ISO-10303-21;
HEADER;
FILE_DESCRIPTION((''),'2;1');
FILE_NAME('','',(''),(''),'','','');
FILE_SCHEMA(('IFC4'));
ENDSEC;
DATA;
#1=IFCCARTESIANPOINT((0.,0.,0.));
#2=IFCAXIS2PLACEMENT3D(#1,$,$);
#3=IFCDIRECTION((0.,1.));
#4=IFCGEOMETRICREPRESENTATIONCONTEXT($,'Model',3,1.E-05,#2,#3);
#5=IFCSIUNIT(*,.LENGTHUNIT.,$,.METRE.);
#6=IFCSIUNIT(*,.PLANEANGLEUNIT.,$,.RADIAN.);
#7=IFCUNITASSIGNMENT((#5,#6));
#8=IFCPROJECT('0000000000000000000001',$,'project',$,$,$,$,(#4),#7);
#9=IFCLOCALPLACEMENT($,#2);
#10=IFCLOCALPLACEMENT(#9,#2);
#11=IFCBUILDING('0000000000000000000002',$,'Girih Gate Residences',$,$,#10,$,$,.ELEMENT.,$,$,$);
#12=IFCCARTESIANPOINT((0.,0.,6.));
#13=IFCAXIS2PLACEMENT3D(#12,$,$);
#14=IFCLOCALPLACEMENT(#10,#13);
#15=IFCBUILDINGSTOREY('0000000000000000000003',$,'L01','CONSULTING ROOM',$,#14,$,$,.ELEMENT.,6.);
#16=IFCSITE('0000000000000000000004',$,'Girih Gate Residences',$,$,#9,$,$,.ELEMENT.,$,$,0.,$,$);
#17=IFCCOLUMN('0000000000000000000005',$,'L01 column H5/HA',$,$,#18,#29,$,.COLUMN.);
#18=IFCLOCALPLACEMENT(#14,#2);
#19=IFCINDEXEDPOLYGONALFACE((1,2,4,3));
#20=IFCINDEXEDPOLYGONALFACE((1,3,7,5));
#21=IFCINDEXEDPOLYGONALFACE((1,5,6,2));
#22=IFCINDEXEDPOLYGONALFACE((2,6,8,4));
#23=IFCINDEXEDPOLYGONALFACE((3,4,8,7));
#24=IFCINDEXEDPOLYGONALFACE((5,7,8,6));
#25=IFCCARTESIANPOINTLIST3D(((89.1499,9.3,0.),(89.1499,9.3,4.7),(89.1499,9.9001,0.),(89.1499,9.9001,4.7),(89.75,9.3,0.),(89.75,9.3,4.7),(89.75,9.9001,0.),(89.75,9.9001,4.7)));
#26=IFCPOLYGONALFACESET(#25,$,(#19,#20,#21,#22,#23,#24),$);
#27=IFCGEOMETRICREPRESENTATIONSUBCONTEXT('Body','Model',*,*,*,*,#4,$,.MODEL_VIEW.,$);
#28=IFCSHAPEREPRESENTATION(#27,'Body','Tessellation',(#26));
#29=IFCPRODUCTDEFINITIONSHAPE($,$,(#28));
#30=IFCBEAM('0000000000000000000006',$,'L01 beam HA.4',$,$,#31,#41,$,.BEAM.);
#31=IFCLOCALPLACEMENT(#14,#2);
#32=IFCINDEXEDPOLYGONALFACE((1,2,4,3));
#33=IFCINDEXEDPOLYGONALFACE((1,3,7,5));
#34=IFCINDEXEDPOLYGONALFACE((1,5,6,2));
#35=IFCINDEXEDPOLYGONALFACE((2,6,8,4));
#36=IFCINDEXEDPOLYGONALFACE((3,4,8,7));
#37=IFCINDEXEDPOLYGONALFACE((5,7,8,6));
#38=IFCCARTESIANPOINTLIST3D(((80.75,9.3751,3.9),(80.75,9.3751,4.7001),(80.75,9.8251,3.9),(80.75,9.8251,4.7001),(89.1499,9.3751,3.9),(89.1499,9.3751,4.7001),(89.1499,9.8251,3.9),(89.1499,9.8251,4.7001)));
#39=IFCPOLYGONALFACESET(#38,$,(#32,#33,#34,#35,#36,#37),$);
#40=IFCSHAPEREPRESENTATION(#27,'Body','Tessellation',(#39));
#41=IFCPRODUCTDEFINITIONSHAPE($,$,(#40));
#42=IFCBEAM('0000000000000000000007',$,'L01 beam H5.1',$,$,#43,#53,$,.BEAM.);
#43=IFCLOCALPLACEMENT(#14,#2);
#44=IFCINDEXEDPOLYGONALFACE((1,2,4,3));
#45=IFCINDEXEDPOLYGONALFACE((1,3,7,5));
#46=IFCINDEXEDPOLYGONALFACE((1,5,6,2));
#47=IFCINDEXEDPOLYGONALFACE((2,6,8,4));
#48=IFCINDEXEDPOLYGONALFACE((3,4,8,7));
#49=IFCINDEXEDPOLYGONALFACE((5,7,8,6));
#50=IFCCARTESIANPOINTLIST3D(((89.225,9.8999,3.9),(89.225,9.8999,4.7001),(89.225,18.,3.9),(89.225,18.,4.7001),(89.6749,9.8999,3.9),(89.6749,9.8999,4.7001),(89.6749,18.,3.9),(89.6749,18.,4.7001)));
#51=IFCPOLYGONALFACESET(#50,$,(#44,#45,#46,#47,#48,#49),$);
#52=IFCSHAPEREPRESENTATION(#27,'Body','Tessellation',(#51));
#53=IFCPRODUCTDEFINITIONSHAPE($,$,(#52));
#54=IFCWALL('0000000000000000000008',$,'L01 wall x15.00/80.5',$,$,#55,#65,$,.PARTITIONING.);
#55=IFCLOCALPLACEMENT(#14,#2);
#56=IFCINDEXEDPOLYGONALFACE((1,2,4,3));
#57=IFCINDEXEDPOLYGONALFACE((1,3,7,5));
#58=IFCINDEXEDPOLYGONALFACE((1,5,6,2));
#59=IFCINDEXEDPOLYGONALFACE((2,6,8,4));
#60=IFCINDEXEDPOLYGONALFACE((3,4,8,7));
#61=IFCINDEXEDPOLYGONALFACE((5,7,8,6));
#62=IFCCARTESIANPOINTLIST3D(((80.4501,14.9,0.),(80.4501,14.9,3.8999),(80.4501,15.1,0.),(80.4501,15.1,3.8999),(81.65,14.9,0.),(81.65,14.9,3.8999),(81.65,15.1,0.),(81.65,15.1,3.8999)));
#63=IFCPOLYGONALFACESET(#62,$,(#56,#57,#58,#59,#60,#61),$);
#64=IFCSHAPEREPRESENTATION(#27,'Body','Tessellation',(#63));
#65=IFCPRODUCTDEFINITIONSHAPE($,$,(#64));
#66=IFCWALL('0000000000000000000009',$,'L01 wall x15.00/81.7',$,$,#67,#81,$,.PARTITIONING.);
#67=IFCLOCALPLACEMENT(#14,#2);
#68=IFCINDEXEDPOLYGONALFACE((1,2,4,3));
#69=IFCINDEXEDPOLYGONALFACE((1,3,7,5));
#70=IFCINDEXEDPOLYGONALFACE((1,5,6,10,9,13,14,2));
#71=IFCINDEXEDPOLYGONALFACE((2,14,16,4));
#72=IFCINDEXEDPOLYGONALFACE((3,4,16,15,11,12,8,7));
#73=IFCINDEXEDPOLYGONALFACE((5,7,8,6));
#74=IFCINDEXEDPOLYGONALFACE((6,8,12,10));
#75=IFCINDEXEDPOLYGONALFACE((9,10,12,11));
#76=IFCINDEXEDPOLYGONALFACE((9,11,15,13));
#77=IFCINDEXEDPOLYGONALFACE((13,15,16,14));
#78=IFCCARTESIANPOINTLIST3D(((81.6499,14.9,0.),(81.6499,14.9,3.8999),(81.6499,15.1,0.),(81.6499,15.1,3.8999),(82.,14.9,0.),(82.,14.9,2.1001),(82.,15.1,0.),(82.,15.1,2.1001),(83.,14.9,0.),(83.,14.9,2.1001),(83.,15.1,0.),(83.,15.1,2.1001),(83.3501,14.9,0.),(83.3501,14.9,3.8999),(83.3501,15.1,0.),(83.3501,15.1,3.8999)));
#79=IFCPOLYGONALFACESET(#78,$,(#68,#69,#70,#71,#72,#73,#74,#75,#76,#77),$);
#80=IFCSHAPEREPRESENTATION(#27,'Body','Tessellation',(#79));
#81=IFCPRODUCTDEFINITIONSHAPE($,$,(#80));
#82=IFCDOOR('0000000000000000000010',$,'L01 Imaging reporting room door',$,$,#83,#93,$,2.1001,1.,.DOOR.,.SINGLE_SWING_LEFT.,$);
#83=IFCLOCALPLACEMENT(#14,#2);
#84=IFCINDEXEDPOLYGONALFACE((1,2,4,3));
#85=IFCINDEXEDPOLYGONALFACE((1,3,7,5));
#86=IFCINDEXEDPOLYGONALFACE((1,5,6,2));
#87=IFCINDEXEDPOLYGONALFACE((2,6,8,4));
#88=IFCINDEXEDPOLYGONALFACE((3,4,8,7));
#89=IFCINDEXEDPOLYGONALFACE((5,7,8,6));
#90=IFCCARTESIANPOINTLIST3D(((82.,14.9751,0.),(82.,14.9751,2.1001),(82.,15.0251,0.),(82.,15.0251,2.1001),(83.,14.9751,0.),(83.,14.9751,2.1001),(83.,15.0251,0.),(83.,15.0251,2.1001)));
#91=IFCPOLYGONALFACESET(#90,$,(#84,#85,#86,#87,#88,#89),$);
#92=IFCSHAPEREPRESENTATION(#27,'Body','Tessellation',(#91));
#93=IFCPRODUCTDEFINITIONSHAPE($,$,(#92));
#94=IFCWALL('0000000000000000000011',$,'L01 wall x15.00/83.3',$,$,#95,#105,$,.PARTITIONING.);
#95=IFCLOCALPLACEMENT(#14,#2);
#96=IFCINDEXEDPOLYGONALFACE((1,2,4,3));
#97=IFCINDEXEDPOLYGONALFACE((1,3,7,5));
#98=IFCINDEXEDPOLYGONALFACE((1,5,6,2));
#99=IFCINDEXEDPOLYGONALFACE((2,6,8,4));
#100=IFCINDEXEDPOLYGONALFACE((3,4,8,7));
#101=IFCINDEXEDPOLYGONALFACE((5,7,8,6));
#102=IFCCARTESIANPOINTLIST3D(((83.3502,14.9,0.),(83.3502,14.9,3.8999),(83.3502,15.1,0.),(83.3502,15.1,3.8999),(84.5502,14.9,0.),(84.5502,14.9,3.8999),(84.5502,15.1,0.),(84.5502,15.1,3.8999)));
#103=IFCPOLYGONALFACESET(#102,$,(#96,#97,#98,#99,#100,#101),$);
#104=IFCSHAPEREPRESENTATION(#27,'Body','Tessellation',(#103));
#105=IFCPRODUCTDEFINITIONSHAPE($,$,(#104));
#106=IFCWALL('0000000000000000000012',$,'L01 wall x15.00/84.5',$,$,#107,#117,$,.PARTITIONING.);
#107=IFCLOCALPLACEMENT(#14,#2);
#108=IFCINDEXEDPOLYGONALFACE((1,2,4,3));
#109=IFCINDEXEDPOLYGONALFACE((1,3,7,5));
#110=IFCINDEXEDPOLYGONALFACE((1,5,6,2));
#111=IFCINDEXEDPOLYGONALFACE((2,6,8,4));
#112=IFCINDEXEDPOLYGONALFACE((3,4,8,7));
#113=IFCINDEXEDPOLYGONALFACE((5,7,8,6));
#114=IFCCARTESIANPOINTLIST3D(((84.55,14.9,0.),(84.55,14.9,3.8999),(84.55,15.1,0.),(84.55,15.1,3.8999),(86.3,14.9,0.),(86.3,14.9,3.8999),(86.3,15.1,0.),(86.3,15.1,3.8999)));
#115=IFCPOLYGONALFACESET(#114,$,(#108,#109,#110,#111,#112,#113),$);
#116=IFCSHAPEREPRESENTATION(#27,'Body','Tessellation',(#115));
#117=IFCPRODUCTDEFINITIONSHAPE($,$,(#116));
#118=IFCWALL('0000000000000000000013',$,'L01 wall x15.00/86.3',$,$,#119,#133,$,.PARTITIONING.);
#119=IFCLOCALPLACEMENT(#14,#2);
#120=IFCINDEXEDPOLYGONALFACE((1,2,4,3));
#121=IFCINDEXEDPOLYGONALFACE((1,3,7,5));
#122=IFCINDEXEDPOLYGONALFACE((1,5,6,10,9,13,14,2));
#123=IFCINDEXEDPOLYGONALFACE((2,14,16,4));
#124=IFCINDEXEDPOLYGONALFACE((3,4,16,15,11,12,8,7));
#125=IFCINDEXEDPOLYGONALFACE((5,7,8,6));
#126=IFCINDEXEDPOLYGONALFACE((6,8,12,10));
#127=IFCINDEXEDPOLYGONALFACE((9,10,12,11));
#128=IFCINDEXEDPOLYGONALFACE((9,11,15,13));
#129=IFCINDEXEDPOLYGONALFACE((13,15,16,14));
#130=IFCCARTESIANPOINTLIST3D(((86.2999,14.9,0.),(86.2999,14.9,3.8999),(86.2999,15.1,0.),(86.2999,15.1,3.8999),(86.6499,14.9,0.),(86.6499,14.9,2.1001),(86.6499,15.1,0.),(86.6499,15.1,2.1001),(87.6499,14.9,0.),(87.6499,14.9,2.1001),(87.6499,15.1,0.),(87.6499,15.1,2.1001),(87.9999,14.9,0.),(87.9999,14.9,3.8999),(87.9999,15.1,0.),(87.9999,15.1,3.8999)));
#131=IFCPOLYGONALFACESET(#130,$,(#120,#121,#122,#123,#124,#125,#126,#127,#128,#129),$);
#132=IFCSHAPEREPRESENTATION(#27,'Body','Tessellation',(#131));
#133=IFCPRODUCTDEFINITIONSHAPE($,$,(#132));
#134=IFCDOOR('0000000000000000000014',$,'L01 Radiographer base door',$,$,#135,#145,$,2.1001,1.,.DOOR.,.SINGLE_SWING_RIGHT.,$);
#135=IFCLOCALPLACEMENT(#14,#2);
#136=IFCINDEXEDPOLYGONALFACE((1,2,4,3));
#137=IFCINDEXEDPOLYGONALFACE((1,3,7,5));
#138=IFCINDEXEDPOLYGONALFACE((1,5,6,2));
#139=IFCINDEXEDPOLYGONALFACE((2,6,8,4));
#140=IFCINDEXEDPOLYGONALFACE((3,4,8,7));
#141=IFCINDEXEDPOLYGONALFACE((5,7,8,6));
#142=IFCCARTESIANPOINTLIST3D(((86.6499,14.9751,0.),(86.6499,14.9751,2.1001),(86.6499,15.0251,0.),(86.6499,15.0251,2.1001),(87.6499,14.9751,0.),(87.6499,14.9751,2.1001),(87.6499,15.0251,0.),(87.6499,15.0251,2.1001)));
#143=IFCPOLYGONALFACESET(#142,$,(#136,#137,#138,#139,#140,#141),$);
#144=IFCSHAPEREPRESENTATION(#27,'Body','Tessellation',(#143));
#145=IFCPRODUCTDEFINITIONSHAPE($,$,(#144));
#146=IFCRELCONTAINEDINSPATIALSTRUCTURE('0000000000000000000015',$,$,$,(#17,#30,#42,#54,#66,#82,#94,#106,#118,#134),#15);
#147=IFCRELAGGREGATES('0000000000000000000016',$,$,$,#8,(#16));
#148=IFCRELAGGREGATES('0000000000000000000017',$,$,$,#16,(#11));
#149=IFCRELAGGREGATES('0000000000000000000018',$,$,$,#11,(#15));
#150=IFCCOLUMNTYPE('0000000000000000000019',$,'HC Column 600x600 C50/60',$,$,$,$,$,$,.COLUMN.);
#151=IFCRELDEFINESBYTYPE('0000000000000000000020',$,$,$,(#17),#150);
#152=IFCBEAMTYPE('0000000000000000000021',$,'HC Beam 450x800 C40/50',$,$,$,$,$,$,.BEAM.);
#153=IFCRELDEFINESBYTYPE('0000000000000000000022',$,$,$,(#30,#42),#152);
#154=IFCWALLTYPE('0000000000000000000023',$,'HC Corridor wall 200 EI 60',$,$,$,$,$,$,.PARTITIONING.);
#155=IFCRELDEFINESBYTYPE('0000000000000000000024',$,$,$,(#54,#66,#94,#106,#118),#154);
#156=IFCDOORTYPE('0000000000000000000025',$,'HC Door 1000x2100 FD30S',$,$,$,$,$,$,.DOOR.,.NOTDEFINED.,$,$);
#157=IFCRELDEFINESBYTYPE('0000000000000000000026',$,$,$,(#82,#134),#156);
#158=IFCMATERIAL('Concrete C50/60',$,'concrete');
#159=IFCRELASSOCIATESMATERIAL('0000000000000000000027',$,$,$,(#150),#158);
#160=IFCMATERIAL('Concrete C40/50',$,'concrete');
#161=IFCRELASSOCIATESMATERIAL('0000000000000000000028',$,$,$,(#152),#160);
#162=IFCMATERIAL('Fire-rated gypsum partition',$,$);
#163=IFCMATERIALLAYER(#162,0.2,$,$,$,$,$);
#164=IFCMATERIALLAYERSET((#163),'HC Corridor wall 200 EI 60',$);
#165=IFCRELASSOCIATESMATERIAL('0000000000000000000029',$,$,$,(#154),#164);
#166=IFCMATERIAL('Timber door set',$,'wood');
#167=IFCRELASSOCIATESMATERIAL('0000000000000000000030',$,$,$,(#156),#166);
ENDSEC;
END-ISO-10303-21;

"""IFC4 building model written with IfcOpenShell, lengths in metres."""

from ifc_helpers import new_model, si_unit, direction, frame, frame_2d, origin, origin_2d, place, context, subcontext, project, spatial, rectangle, extrude, material, layer, layer_set, material_profile, profile_set, type_object, element, fill, save


model = new_model("IFC4")

# Units and contexts
model_context = context("Model", 3, precision=1e-05, world=origin(), true_north=direction((0.0, 1.0)))
body_context = subcontext(model_context, "Body", "Model", "MODEL_VIEW")
ifc_project = project(units=[si_unit("LENGTHUNIT", "METRE"), si_unit("PLANEANGLEUNIT", "RADIAN")], contexts=[model_context])

# Site, building, storey
site_placement = place(None, origin())
site = spatial("IfcSite", under=ifc_project, at=site_placement, Name="Girih Gate Residences", CompositionType="ELEMENT", RefElevation=0.0)
building_placement = place(site_placement, origin())
building = spatial("IfcBuilding", under=site, at=building_placement, Name="Girih Gate Residences", CompositionType="ELEMENT")
storey_placement = place(building_placement, frame((0.0, 0.0, 6.0)))
storey = spatial("IfcBuildingStorey", under=building, at=storey_placement, Name="L01", Description="CONSULTING ROOM", CompositionType="ELEMENT", Elevation=6.0)

# Column
ifc_material_1 = material(Name="Concrete C50/60", Category="concrete")
ifc_material_profile_1 = material_profile(ifc_material_1, rectangle(XDim=0.6001, YDim=0.6001, at=origin_2d()))
ifc_profile_set_1 = profile_set([ifc_material_profile_1], Name="Concrete C50/60")
column_type = type_object("IfcColumnType", Name="HC Column 600x600 C50/60", PredefinedType="COLUMN", material=ifc_profile_set_1)
column_placement = place(storey_placement, frame((89.45, 9.6001, 0.0), z_axis=(0.0, 0.0, 1.0), x_axis=(1.0, 0.0, 0.0)))
element("IfcColumn", 1, at=column_placement, inside=storey, type_object=column_type, Name="L01 column H5/HA", PredefinedType="COLUMN", context=body_context, shape_type="SweptSolid", body=[
    extrude(rectangle(XDim=0.6001, YDim=0.6001, at=origin_2d()), origin(), (0.0, 0.0, 1.0), 4.7),
])

# Beams
ifc_material_2 = material(Name="Concrete C40/50", Category="concrete")
ifc_material_profile_2 = material_profile(ifc_material_2, rectangle(XDim=0.45, YDim=0.8, at=origin_2d()))
ifc_profile_set_2 = profile_set([ifc_material_profile_2], Name="Concrete C40/50")
beam_type = type_object("IfcBeamType", Name="HC Beam 450x800 C40/50", PredefinedType="BEAM", material=ifc_profile_set_2)
beam_1_placement = place(storey_placement, frame((80.75, 9.6001, 4.3), z_axis=(1.0, 0.0, 0.0), x_axis=(0.0, 1.0, 0.0)))
element("IfcBeam", 2, at=beam_1_placement, inside=storey, type_object=beam_type, Name="L01 beam HA.4", PredefinedType="BEAM", context=body_context, shape_type="SweptSolid", body=[
    extrude(rectangle(XDim=0.45, YDim=0.8, at=origin_2d()), origin(), (0.0, 0.0, 1.0), 8.3999),
])
beam_2_placement = place(storey_placement, frame((89.45, 9.8999, 4.3), z_axis=(0.0, 1.0, 0.0), x_axis=(-1.0, 0.0, 0.0)))
element("IfcBeam", 3, at=beam_2_placement, inside=storey, type_object=beam_type, Name="L01 beam H5.1", PredefinedType="BEAM", context=body_context, shape_type="SweptSolid", body=[
    extrude(rectangle(XDim=0.45, YDim=0.8, at=origin_2d()), origin(), (0.0, 0.0, 1.0), 8.1001),
])

# Wall
ifc_material_3 = material(Name="Fire-rated gypsum partition")
ifc_layer_1 = layer(ifc_material_3, 0.2)
ifc_layer_set_1 = layer_set([ifc_layer_1], Name="HC Corridor wall 200 EI 60")
wall_type_1 = type_object("IfcWallType", Name="HC Corridor wall 200 EI 60", PredefinedType="PARTITIONING", material=ifc_layer_set_1)
wall_1_placement = place(storey_placement, frame((80.45, 15.0, 0.0), z_axis=(0.0, 0.0, 1.0), x_axis=(1.0, 0.0, 0.0)))
element("IfcWall", 4, at=wall_1_placement, inside=storey, type_object=wall_type_1, Name="L01 wall x15.00/80.5", PredefinedType="PARTITIONING", context=body_context, shape_type="SweptSolid", body=[
    extrude(rectangle(XDim=1.2, YDim=0.2, at=frame_2d((0.6001, 0.0))), origin(), (0.0, 0.0, 1.0), 3.8999),
])

# Wall, opening, door
wall_2_placement = place(storey_placement, frame((83.3501, 15.0, 0.0), z_axis=(0.0, 0.0, 1.0), x_axis=(-1.0, 0.0, 0.0)))
wall_2 = element("IfcWall", 5, at=wall_2_placement, inside=storey, type_object=wall_type_1, Name="L01 wall x15.00/81.7", PredefinedType="PARTITIONING", context=body_context, shape_type="SweptSolid", body=[
    extrude(rectangle(XDim=1.7002, YDim=0.2, at=frame_2d((0.8501, 0.0))), origin(), (0.0, 0.0, 1.0), 3.8999),
])
opening_1_placement = place(wall_2_placement, frame((0.3501, 0.0, 0.0)))
opening_1 = element("IfcOpeningElement", 6, at=opening_1_placement, cuts=wall_2, PredefinedType="OPENING", context=body_context, shape_type="SweptSolid", body=[
    extrude(rectangle(XDim=1.0, YDim=2.1001, at=frame_2d((0.5, 1.05))), frame((0.0, 0.1099, 0.0), z_axis=(0.0, -1.0, 0.0), x_axis=(1.0, 0.0, 0.0)), (0.0, 0.0, 1.0), 0.22),
])
ifc_material_4 = material(Name="Timber door set", Category="wood")
door_type = type_object("IfcDoorType", Name="HC Door 1000x2100 FD30S", OperationType="NOTDEFINED", PredefinedType="DOOR", material=ifc_material_4)
door_1_placement = place(opening_1_placement, origin())
door_1 = element("IfcDoor", 7, at=door_1_placement, inside=storey, type_object=door_type, Name="L01 Imaging reporting room door", OperationType="SINGLE_SWING_LEFT", OverallHeight=2.1001, OverallWidth=1.0, PredefinedType="DOOR", context=body_context, shape_type="SweptSolid", body=[
    extrude(rectangle(XDim=1.0, YDim=2.1001, at=frame_2d((0.5, 1.05))), frame((0.0, 0.0249, 0.0), z_axis=(0.0, -1.0, 0.0), x_axis=(1.0, 0.0, 0.0)), (0.0, 0.0, 1.0), 0.05),
])
fill(opening_1, door_1)

# Walls
wall_3_placement = place(storey_placement, frame((83.3501, 15.0, 0.0), z_axis=(0.0, 0.0, 1.0), x_axis=(1.0, 0.0, 0.0)))
element("IfcWall", 8, at=wall_3_placement, inside=storey, type_object=wall_type_1, Name="L01 wall x15.00/83.3", PredefinedType="PARTITIONING", context=body_context, shape_type="SweptSolid", body=[
    extrude(rectangle(XDim=1.2, YDim=0.2, at=frame_2d((0.6001, 0.0))), origin(), (0.0, 0.0, 1.0), 3.8999),
])
wall_4_placement = place(storey_placement, frame((84.55, 15.0, 0.0), z_axis=(0.0, 0.0, 1.0), x_axis=(1.0, 0.0, 0.0)))
element("IfcWall", 9, at=wall_4_placement, inside=storey, type_object=wall_type_1, Name="L01 wall x15.00/84.5", PredefinedType="PARTITIONING", context=body_context, shape_type="SweptSolid", body=[
    extrude(rectangle(XDim=1.75, YDim=0.2, at=frame_2d((0.875, 0.0))), origin(), (0.0, 0.0, 1.0), 3.8999),
])

# Wall, opening, door
wall_5_placement = place(storey_placement, frame((88.0, 15.0, 0.0), z_axis=(0.0, 0.0, 1.0), x_axis=(-1.0, 0.0, 0.0)))
wall_5 = element("IfcWall", 10, at=wall_5_placement, inside=storey, type_object=wall_type_1, Name="L01 wall x15.00/86.3", PredefinedType="PARTITIONING", context=body_context, shape_type="SweptSolid", body=[
    extrude(rectangle(XDim=1.7, YDim=0.2, at=frame_2d((0.8501, 0.0))), origin(), (0.0, 0.0, 1.0), 3.8999),
])
opening_2_placement = place(wall_5_placement, frame((0.3501, 0.0, 0.0)))
opening_2 = element("IfcOpeningElement", 11, at=opening_2_placement, cuts=wall_5, PredefinedType="OPENING", context=body_context, shape_type="SweptSolid", body=[
    extrude(rectangle(XDim=1.0, YDim=2.1001, at=frame_2d((0.5, 1.05))), frame((0.0, 0.1099, 0.0), z_axis=(0.0, -1.0, 0.0), x_axis=(1.0, 0.0, 0.0)), (0.0, 0.0, 1.0), 0.22),
])
door_2_placement = place(opening_2_placement, origin())
door_2 = element("IfcDoor", 12, at=door_2_placement, inside=storey, type_object=door_type, Name="L01 Radiographer base door", OperationType="SINGLE_SWING_RIGHT", OverallHeight=2.1001, OverallWidth=1.0, PredefinedType="DOOR", context=body_context, shape_type="SweptSolid", body=[
    extrude(rectangle(XDim=1.0, YDim=2.1001, at=frame_2d((0.5, 1.05))), frame((0.0, 0.0249, 0.0), z_axis=(0.0, -1.0, 0.0), x_axis=(1.0, 0.0, 0.0)), (0.0, 0.0, 1.0), 0.05),
])
fill(opening_2, door_2)

save(model, "model.ifc")
